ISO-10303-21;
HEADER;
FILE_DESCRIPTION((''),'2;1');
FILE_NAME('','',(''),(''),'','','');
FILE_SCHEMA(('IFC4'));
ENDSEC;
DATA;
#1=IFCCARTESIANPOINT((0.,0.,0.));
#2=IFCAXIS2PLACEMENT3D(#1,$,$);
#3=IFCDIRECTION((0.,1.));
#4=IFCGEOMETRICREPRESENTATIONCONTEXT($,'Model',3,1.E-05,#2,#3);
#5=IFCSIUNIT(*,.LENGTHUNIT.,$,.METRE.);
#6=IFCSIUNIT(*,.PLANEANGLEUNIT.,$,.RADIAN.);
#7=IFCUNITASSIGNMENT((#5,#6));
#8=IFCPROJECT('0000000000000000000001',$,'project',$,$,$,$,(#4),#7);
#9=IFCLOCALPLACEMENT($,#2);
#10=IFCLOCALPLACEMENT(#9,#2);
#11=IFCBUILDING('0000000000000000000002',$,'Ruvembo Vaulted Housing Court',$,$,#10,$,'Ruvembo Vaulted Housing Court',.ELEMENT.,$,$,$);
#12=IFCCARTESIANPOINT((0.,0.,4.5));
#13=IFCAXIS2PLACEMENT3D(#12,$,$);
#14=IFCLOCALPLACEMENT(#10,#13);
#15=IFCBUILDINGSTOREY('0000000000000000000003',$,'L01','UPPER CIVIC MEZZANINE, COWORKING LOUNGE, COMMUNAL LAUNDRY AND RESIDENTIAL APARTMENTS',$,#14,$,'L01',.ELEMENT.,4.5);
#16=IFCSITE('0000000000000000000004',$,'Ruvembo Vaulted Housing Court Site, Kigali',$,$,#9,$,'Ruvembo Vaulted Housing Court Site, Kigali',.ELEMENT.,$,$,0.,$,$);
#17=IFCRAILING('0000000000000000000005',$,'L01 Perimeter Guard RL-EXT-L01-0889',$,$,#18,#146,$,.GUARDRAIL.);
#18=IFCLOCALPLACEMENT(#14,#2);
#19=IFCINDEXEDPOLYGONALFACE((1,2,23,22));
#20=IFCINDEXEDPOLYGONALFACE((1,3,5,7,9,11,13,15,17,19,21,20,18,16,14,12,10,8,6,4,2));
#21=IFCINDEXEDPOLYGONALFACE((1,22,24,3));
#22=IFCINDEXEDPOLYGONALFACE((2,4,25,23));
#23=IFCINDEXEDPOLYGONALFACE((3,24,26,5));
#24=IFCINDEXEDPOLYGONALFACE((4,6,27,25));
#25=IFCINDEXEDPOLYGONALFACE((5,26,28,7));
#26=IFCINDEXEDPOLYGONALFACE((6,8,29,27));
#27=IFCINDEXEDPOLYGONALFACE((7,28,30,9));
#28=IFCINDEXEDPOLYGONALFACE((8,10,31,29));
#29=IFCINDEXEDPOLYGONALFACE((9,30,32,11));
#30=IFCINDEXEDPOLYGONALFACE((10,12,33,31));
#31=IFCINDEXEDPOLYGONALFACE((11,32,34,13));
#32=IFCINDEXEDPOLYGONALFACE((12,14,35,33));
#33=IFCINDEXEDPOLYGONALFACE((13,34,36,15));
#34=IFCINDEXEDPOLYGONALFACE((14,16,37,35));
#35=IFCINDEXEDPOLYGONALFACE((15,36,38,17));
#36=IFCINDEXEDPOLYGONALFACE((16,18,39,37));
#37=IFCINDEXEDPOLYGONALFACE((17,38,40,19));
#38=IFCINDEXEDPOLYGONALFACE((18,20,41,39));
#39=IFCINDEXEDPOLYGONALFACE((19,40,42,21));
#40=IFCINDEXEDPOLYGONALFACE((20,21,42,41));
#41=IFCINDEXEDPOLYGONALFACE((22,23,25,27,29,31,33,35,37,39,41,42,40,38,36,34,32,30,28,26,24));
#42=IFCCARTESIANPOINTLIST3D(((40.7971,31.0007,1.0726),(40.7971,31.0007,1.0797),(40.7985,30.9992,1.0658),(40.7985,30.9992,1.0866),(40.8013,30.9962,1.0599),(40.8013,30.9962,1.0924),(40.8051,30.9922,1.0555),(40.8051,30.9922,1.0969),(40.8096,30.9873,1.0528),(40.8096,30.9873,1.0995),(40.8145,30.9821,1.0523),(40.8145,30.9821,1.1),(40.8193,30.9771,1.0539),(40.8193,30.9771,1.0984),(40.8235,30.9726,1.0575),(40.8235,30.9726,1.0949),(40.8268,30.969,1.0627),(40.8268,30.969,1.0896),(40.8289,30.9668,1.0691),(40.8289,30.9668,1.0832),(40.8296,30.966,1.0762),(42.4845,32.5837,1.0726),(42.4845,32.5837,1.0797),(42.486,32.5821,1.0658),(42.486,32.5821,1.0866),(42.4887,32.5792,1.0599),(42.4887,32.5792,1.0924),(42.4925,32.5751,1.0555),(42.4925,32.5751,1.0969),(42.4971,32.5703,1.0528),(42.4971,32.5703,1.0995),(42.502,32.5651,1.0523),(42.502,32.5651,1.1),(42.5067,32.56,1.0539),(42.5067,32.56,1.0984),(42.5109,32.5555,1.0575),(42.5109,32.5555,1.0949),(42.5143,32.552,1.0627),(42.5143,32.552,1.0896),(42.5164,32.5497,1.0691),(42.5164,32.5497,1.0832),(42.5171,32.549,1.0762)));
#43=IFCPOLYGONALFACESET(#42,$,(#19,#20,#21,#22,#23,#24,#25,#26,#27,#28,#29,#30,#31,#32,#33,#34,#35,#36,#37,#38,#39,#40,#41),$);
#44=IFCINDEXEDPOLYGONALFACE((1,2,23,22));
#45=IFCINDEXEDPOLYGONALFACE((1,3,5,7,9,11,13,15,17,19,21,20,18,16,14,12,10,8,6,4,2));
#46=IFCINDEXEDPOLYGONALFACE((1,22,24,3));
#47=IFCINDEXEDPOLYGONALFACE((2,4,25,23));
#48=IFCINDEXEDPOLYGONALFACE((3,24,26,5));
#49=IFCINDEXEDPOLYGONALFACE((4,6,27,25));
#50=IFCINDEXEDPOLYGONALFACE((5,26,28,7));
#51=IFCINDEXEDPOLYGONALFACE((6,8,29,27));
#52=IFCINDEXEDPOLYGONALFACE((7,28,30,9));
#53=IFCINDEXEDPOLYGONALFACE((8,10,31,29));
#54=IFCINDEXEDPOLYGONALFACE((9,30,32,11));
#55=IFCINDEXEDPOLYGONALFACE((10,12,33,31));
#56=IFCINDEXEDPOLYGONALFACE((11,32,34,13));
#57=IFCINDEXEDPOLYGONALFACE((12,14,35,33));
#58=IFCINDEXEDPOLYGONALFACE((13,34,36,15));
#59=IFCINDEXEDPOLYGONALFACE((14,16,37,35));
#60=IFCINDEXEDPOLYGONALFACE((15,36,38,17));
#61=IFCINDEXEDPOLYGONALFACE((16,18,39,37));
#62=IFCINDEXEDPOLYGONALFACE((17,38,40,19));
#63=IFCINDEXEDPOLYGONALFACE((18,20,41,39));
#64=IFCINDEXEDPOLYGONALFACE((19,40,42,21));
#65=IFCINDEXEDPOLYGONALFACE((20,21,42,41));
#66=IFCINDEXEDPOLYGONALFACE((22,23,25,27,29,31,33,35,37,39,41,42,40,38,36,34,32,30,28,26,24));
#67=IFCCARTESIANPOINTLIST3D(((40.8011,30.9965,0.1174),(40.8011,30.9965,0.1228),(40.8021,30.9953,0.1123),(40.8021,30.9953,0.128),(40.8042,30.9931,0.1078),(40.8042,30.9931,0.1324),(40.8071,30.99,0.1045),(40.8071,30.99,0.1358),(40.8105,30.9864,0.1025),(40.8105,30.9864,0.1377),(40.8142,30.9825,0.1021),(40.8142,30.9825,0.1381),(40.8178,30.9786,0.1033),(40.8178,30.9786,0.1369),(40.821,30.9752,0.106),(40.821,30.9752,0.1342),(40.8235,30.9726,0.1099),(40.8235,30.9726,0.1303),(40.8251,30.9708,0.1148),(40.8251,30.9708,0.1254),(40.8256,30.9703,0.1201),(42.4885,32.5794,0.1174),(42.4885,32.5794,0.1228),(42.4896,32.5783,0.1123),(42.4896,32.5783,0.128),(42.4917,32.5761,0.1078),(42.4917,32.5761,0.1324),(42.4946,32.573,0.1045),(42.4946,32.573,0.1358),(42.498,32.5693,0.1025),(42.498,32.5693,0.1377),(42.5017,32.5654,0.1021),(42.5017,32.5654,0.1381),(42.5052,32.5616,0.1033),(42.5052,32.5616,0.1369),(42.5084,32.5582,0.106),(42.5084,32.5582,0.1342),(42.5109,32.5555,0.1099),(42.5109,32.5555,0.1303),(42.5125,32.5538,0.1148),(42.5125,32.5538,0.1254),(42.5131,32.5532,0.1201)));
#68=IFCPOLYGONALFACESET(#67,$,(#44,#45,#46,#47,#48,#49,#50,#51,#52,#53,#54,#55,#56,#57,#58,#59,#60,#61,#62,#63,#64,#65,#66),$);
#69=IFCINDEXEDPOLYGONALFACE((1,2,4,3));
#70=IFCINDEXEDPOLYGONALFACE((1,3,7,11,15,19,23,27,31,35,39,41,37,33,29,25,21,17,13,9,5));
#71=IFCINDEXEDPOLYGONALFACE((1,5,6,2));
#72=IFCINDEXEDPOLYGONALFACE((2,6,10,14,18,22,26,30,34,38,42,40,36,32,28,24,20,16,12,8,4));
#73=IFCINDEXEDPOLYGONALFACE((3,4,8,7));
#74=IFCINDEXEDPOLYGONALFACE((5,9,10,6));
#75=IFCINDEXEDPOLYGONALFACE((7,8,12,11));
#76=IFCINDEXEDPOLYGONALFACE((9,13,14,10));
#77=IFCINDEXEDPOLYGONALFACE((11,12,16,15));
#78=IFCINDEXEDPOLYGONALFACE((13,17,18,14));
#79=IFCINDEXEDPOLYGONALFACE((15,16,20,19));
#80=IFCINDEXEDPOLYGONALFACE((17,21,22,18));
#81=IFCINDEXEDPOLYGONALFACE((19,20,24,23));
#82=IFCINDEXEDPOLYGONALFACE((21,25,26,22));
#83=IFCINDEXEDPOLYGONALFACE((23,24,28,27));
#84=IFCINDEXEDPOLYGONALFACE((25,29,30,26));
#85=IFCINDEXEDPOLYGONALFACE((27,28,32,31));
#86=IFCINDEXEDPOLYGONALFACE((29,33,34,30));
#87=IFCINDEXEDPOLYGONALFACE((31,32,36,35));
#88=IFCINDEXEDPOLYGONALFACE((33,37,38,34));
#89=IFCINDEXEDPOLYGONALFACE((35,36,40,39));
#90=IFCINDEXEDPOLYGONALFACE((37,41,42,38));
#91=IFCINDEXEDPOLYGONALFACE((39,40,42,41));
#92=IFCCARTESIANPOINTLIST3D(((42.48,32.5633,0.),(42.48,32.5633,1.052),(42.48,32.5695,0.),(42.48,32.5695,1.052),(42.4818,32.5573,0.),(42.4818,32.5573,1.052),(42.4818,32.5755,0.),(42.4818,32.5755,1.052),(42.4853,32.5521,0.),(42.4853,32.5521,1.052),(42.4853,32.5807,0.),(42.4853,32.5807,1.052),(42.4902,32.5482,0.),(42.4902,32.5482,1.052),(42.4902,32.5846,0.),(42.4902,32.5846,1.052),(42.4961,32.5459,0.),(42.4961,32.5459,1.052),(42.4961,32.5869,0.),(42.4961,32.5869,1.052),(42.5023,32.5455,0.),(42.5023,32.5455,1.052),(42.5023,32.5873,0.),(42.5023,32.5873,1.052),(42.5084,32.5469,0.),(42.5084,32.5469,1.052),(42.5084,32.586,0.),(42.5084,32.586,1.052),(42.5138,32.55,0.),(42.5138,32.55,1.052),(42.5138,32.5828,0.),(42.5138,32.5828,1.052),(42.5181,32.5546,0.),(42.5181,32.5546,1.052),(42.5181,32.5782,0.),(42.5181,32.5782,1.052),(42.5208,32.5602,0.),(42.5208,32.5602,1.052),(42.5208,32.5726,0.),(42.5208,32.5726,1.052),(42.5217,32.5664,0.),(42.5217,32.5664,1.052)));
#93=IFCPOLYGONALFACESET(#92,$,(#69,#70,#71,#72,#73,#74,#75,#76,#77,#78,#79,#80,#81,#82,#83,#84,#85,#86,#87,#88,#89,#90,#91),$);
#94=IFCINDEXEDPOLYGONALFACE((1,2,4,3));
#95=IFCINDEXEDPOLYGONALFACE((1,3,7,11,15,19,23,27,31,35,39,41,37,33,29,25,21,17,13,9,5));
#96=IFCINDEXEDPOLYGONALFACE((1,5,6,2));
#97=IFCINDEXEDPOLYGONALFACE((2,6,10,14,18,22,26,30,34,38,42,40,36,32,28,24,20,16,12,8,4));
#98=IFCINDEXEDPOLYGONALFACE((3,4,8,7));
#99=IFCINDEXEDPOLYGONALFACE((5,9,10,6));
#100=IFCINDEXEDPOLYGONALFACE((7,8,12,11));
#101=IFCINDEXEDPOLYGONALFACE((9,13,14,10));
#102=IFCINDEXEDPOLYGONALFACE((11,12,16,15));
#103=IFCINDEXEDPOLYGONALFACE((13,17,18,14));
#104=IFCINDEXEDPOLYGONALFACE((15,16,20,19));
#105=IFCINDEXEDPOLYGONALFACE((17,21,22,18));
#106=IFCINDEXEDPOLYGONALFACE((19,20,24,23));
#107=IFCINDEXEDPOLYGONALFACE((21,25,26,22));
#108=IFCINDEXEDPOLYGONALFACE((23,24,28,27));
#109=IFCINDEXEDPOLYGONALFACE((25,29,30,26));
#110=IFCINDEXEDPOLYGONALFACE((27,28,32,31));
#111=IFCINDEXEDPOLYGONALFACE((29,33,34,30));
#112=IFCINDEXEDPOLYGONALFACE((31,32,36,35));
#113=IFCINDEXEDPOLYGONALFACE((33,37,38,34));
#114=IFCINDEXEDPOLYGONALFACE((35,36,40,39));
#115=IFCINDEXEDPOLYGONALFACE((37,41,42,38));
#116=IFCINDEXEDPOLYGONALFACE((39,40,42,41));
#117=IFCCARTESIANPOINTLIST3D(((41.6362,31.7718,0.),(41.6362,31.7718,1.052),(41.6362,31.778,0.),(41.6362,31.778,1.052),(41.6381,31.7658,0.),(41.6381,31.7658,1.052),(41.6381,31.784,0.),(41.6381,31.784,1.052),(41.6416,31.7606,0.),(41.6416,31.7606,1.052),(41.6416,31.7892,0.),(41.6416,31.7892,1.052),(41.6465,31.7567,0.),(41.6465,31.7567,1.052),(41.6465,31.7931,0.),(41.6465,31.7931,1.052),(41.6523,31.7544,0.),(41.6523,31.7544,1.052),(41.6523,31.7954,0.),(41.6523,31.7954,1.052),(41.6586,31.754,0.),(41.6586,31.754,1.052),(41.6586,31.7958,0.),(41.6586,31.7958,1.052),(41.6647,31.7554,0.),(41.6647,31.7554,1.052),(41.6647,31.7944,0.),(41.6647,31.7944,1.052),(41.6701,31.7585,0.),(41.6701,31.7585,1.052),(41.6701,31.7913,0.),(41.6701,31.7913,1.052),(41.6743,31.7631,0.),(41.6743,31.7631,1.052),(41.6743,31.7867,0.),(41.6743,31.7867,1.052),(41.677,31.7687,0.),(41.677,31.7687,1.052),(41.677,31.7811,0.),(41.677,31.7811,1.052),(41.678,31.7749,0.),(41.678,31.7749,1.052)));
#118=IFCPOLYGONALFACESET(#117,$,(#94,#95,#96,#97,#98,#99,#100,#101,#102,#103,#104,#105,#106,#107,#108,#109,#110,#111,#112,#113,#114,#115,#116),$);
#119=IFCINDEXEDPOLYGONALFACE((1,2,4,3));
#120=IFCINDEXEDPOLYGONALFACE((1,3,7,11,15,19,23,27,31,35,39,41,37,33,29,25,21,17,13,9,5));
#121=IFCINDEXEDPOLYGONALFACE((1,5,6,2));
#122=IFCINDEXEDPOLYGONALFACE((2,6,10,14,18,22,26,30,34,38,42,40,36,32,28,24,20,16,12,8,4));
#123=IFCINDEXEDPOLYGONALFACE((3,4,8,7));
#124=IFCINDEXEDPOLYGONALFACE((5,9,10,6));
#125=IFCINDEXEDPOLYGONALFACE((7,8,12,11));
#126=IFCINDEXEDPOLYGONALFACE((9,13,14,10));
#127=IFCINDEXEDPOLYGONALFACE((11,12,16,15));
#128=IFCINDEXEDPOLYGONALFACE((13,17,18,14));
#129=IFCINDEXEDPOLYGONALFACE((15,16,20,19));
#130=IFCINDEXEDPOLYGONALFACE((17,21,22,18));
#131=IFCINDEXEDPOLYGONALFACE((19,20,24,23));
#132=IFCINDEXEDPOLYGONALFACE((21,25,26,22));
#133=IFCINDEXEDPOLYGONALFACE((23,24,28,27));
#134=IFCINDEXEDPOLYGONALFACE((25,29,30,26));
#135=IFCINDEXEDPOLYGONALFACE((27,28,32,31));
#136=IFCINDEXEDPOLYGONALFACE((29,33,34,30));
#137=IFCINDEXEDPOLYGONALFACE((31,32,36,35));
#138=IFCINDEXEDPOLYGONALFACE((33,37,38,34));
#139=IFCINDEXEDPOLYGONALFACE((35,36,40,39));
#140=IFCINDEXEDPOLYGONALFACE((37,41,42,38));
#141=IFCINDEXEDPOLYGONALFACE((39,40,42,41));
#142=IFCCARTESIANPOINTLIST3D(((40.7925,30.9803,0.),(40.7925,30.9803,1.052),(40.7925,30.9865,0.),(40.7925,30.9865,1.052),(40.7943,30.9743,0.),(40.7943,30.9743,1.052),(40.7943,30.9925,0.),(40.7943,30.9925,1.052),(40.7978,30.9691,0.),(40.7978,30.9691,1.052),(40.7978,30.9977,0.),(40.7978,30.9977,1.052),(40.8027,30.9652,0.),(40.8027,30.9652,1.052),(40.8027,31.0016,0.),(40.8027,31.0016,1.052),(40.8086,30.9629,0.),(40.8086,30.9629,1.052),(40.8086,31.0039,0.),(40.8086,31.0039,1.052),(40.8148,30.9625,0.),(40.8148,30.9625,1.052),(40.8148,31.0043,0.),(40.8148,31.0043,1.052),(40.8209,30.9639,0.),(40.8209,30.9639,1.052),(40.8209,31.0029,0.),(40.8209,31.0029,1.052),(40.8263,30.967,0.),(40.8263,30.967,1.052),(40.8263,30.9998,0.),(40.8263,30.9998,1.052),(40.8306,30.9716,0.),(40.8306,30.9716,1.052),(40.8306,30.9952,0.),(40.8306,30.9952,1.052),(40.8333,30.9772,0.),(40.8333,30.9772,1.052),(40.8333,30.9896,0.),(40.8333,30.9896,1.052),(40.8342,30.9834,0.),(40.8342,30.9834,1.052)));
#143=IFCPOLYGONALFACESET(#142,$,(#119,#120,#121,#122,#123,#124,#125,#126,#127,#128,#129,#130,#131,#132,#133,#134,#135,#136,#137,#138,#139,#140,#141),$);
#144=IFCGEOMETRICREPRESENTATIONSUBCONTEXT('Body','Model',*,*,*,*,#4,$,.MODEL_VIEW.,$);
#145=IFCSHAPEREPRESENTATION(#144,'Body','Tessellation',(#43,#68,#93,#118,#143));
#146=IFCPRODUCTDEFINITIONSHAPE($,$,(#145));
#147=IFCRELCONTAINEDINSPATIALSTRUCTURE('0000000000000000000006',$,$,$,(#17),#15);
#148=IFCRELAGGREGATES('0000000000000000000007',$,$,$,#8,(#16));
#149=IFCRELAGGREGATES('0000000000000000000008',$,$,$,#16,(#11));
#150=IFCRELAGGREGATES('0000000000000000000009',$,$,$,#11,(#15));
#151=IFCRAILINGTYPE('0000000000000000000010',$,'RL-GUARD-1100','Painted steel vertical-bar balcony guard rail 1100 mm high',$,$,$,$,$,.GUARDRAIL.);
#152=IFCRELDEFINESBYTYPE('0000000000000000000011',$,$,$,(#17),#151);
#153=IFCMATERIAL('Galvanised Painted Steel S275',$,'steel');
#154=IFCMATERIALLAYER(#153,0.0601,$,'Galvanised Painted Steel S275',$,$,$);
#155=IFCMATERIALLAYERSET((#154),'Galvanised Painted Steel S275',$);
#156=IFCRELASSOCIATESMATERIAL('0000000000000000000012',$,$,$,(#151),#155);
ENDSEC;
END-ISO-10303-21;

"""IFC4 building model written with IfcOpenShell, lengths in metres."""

from ifc_helpers import new_model, si_unit, direction, frame, origin, origin_2d, place, context, subcontext, project, spatial, circle, extrude, material, layer, layer_set, type_object, element, save


model = new_model("IFC4")

# Units and contexts
model_context = context("Model", 3, precision=1e-05, world=origin(), true_north=direction((0.0, 1.0)))
body_context = subcontext(model_context, "Body", "Model", "MODEL_VIEW")
ifc_project = project(units=[si_unit("LENGTHUNIT", "METRE"), si_unit("PLANEANGLEUNIT", "RADIAN")], contexts=[model_context])

# Site, building, storey
site_placement = place(None, origin())
site = spatial("IfcSite", under=ifc_project, at=site_placement, Name="Ruvembo Vaulted Housing Court Site, Kigali", LongName="Ruvembo Vaulted Housing Court Site, Kigali", CompositionType="ELEMENT", RefElevation=0.0)
building_placement = place(site_placement, origin())
building = spatial("IfcBuilding", under=site, at=building_placement, Name="Ruvembo Vaulted Housing Court", LongName="Ruvembo Vaulted Housing Court", CompositionType="ELEMENT")
storey_placement = place(building_placement, frame((0.0, 0.0, 4.5)))
storey = spatial("IfcBuildingStorey", under=building, at=storey_placement, Name="L01", Description="UPPER CIVIC MEZZANINE, COWORKING LOUNGE, COMMUNAL LAUNDRY AND RESIDENTIAL APARTMENTS", LongName="L01", CompositionType="ELEMENT", Elevation=4.5)

# Railing
ifc_material_1 = material(Name="Galvanised Painted Steel S275", Category="steel")
ifc_layer_1 = layer(ifc_material_1, 0.0601, Name="Galvanised Painted Steel S275")
ifc_layer_set_1 = layer_set([ifc_layer_1], Name="Galvanised Painted Steel S275")
railing_type_1 = type_object("IfcRailingType", Name="RL-GUARD-1100", Description="Painted steel vertical-bar balcony guard rail 1100 mm high", PredefinedType="GUARDRAIL", material=ifc_layer_set_1)
railing_1_placement = place(storey_placement, frame((42.5007, 32.5664, 0.0)))
element("IfcRailing", 1, at=railing_1_placement, inside=storey, type_object=railing_type_1, Name="L01 Perimeter Guard RL-EXT-L01-0889", PredefinedType="GUARDRAIL", context=body_context, shape_type="SweptSolid", body=[
    extrude(circle(Radius=0.0239, at=origin_2d()), frame((0.0, 0.0, 1.0762), z_axis=(-0.729327, -0.684166, 0.0), x_axis=(0.684166, -0.729327, 0.0)), (0.0, 0.0, 1.0), 2.3137),
    extrude(circle(Radius=0.0181, at=origin_2d()), frame((0.0, 0.0, 0.1201), z_axis=(-0.729327, -0.684166, 0.0), x_axis=(0.684166, -0.729327, 0.0)), (0.0, 0.0, 1.0), 2.3137),
    extrude(circle(Radius=0.021, at=origin_2d()), origin(), (0.0, 0.0, 1.0), 1.052),
    extrude(circle(Radius=0.021, at=origin_2d()), frame((-0.8438, -0.7915, 0.0)), (0.0, 0.0, 1.0), 1.052),
    extrude(circle(Radius=0.021, at=origin_2d()), frame((-1.6875, -1.583, 0.0)), (0.0, 0.0, 1.0), 1.052),
])

save(model, "model.ifc")
